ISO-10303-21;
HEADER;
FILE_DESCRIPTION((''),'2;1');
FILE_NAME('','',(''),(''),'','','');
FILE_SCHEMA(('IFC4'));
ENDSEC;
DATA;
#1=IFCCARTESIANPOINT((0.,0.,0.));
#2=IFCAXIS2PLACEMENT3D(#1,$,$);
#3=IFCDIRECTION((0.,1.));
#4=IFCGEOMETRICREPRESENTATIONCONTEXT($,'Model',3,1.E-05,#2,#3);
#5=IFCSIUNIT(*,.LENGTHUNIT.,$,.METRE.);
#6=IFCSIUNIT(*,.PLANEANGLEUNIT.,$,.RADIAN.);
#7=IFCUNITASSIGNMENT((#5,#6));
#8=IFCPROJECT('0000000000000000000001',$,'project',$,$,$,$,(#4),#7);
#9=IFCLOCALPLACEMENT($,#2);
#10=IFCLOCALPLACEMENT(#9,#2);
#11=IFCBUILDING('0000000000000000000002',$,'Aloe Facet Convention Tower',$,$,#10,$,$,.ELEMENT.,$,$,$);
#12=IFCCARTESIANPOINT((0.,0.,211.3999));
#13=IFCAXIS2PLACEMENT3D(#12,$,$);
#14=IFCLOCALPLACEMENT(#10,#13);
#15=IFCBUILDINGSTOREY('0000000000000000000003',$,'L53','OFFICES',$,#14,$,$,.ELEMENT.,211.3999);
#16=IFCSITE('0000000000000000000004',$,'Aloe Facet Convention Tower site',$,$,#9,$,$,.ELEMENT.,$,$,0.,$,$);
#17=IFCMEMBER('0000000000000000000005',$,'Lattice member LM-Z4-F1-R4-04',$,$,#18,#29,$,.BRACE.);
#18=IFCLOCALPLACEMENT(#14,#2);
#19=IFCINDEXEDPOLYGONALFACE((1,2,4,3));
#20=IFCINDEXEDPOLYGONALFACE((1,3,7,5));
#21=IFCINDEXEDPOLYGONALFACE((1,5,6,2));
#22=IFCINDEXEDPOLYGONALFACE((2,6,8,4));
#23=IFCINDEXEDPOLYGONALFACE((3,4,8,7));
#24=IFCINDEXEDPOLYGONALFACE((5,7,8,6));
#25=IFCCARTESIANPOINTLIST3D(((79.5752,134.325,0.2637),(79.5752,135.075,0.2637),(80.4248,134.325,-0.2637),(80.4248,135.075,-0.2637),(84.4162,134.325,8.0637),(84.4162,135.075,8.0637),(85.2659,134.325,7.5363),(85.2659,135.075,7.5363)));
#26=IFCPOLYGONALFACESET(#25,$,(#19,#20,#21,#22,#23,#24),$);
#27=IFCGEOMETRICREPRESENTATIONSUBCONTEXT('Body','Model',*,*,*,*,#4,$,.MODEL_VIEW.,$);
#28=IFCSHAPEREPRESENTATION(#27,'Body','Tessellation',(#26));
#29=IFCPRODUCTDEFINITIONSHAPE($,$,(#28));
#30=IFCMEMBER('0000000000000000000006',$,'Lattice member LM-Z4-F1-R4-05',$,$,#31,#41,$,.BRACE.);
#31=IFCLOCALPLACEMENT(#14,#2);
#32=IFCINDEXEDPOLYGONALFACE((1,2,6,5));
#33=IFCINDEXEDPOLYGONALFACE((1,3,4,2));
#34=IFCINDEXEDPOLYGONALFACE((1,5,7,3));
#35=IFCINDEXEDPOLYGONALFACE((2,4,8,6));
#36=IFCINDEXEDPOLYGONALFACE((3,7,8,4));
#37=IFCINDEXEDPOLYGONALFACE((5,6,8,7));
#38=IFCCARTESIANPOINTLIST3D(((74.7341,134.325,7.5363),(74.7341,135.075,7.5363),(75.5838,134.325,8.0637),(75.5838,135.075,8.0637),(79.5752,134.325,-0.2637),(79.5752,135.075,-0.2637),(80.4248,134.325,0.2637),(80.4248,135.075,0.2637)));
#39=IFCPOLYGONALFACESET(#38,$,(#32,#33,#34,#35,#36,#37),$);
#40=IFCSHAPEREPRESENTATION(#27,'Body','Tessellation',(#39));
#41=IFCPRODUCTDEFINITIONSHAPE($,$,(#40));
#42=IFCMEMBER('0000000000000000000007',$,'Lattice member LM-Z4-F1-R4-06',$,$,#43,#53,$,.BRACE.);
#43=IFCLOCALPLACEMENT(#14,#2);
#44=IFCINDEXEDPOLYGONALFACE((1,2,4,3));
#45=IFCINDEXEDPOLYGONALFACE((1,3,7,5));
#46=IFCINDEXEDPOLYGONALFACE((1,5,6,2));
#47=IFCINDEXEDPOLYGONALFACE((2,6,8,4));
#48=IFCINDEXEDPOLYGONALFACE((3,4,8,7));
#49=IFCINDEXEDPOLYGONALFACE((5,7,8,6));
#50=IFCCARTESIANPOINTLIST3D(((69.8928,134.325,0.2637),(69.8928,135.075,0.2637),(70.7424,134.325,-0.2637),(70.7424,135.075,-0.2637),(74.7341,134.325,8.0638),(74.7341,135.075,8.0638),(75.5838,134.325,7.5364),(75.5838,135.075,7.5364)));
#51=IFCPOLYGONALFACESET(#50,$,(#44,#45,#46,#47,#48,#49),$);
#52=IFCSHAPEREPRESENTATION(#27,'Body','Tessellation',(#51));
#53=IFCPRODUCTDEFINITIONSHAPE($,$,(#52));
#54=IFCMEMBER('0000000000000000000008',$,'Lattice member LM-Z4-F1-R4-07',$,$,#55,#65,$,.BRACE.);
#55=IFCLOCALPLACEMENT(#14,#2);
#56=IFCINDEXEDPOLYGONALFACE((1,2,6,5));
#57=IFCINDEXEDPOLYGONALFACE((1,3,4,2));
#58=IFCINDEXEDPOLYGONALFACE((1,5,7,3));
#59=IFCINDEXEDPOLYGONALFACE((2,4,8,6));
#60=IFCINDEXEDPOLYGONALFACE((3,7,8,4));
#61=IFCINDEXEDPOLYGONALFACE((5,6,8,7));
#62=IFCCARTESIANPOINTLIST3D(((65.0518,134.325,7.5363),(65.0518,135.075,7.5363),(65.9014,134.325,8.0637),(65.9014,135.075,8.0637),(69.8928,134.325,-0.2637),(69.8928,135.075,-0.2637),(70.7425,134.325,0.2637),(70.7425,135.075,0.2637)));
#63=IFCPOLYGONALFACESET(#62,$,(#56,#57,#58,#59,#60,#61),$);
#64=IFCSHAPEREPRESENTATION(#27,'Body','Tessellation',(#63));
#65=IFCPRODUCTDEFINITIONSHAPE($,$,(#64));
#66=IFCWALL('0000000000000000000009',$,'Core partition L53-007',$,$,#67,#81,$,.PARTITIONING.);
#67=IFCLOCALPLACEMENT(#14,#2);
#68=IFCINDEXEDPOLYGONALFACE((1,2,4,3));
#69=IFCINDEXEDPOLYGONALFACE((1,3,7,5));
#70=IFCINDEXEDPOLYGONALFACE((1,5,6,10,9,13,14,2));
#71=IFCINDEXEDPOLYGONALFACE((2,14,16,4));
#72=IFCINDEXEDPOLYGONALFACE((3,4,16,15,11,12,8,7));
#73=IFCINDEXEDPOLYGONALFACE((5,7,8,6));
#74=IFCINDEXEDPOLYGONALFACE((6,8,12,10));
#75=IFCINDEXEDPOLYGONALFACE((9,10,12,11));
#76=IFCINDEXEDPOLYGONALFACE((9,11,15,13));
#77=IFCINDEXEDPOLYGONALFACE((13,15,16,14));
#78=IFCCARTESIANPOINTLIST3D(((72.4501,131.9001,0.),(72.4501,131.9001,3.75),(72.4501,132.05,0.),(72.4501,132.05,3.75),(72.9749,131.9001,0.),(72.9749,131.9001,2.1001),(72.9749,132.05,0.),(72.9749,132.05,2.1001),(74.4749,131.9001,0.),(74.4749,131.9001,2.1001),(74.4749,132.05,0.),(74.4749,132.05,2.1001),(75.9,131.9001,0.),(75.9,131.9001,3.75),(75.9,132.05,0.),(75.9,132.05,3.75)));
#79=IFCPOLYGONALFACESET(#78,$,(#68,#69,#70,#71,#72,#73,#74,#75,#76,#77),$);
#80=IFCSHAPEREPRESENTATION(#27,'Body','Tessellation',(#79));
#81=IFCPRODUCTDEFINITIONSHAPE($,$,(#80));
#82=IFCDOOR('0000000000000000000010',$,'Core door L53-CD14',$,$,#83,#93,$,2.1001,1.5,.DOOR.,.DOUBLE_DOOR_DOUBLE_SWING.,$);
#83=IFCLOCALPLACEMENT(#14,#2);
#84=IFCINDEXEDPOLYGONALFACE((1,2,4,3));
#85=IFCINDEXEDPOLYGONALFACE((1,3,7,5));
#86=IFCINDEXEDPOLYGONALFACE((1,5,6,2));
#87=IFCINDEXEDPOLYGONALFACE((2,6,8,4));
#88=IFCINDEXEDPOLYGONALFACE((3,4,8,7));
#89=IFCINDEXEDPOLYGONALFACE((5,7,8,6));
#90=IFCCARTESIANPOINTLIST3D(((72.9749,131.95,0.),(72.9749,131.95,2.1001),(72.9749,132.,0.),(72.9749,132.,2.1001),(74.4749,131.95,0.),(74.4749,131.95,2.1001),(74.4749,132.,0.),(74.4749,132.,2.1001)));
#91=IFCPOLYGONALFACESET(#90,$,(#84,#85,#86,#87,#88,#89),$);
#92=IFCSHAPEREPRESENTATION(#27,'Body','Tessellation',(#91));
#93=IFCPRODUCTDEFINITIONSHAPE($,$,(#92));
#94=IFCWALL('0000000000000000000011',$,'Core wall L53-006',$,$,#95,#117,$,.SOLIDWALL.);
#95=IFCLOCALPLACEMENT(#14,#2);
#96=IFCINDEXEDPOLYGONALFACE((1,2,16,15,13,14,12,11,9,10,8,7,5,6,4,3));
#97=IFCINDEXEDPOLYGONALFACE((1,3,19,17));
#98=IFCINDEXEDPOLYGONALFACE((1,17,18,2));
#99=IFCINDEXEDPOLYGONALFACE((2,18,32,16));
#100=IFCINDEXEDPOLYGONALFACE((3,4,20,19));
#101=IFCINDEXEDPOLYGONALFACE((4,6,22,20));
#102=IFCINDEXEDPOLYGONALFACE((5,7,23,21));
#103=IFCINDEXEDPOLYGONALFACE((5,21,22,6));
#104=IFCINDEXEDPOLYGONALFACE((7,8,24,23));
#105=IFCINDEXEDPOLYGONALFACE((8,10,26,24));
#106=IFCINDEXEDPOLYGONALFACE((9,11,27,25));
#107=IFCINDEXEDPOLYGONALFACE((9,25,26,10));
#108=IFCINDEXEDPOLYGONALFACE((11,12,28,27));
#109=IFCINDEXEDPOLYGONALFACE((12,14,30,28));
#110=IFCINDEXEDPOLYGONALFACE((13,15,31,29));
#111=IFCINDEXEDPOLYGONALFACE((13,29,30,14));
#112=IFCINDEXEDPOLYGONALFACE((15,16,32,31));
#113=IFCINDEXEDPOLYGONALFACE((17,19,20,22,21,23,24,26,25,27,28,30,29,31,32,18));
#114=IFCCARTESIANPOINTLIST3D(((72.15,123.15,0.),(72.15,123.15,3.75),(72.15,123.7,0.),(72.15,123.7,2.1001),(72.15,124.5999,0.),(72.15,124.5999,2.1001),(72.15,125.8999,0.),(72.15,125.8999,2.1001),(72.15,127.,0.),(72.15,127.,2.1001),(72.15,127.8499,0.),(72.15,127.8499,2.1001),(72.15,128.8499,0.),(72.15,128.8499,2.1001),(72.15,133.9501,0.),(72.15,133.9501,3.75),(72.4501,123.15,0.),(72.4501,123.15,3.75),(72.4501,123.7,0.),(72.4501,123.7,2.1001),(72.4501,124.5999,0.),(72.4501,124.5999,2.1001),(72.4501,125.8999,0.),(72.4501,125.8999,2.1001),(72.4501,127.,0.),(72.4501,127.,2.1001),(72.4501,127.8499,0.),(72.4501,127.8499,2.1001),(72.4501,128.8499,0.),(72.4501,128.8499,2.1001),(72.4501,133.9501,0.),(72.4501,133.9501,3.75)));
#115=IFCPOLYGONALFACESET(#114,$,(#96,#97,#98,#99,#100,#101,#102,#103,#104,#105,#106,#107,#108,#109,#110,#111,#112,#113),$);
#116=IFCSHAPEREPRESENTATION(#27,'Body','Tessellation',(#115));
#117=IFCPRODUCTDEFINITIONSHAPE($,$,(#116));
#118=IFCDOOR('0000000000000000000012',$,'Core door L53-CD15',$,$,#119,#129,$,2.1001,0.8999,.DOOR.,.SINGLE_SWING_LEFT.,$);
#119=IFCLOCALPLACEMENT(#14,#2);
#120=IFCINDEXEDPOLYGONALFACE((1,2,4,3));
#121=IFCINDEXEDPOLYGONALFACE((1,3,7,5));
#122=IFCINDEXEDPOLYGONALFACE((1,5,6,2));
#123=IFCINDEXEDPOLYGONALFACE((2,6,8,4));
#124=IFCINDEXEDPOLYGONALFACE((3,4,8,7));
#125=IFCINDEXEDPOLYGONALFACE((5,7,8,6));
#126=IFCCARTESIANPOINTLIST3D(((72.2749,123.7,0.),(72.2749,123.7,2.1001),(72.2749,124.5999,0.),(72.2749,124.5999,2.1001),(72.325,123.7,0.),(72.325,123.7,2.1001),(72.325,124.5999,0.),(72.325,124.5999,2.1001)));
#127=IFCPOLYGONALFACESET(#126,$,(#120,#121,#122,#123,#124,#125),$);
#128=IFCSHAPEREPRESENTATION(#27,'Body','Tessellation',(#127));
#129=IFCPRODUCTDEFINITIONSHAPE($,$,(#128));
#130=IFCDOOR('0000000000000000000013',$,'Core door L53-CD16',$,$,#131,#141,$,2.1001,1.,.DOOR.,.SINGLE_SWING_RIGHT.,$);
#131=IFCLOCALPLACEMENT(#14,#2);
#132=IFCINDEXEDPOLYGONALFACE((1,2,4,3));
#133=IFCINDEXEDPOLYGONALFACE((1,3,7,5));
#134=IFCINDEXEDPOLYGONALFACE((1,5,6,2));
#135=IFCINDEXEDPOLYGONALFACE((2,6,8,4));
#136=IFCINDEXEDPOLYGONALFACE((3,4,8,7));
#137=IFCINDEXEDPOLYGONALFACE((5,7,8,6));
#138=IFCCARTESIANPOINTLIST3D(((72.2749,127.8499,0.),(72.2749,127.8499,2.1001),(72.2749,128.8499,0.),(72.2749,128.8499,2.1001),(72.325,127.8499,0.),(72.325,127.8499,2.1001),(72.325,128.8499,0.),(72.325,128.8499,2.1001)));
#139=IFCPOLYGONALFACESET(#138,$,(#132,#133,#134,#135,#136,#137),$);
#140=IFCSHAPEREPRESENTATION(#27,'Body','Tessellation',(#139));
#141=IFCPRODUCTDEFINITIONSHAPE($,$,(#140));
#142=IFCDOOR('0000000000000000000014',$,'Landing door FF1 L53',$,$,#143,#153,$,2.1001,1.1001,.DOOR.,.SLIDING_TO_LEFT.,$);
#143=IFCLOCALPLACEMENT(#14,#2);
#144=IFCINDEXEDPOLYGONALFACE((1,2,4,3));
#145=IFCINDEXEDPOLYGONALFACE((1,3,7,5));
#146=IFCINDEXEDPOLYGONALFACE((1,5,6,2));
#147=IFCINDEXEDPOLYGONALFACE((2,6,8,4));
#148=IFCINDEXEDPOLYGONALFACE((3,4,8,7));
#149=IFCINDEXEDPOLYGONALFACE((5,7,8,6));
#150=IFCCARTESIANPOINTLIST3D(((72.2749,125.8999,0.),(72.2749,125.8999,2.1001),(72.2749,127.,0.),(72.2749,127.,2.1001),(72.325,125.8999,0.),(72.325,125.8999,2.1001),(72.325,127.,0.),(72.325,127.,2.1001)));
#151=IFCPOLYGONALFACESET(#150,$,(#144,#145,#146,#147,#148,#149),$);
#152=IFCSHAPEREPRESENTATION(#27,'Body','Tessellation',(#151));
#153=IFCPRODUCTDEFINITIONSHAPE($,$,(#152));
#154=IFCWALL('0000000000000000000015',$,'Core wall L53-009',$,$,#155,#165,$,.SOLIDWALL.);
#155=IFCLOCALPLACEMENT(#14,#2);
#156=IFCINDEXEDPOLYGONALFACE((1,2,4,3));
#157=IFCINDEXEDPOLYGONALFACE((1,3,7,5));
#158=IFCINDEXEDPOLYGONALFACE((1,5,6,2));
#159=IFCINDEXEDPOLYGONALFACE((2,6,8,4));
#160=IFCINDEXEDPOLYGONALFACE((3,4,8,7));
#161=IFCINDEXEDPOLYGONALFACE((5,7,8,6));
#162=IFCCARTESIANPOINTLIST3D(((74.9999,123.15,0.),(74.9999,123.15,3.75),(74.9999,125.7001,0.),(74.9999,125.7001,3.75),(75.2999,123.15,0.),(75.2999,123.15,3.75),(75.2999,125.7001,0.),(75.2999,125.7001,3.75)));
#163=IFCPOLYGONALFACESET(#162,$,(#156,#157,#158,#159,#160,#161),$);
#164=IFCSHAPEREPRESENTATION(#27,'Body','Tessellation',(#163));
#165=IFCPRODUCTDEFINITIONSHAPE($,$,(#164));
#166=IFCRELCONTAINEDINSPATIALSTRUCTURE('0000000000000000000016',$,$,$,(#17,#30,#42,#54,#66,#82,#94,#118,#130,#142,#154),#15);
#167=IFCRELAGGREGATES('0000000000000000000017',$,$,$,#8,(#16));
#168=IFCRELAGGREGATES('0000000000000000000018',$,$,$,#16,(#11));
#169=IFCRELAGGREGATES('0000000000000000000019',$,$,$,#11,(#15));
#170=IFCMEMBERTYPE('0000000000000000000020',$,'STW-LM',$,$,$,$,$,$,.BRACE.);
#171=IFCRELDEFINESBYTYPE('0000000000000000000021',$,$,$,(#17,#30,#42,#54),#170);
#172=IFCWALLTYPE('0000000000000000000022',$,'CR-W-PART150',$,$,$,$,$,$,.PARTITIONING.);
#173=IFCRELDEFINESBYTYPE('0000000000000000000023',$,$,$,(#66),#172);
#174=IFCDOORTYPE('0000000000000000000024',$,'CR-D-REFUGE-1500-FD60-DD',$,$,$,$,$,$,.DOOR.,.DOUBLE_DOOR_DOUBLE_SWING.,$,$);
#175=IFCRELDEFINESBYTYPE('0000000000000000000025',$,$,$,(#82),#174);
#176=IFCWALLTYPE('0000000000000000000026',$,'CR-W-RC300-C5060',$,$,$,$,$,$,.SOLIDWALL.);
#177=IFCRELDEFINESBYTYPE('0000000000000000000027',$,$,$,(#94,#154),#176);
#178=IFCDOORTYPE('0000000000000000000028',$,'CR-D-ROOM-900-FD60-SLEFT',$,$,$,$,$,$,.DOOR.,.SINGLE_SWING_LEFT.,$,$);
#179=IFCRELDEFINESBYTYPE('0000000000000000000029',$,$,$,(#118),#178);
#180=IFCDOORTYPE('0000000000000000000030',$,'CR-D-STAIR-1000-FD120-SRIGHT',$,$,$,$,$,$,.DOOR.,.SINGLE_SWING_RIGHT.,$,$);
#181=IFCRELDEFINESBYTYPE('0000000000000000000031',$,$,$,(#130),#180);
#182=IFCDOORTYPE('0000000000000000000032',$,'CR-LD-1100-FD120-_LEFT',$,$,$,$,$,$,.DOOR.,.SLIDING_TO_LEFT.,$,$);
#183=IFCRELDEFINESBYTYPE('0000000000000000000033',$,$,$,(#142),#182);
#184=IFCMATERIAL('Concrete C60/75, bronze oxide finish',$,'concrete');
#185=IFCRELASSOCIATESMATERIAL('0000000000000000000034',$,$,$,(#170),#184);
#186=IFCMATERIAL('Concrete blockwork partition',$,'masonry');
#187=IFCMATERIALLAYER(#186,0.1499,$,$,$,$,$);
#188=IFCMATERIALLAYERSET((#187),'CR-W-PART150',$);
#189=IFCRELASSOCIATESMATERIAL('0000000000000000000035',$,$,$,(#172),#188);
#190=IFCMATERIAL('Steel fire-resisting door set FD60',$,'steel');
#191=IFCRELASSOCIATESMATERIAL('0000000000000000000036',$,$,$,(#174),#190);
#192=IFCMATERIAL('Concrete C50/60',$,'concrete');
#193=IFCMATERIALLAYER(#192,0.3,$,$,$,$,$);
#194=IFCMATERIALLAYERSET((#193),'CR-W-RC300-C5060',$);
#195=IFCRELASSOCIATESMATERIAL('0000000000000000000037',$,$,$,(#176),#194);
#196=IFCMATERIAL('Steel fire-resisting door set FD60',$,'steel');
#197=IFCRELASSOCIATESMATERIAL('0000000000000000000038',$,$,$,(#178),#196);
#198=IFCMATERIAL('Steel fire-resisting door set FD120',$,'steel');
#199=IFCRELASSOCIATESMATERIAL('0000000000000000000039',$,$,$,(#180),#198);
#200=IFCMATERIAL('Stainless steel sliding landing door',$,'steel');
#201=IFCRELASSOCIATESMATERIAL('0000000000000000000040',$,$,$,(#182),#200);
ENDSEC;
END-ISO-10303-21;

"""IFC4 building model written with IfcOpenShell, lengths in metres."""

from ifc_helpers import new_model, si_unit, direction, frame, frame_2d, origin, origin_2d, place, context, subcontext, project, spatial, rectangle, extrude, material, layer, layer_set, material_profile, profile_set, type_object, element, fill, save


model = new_model("IFC4")

# Units and contexts
model_context = context("Model", 3, precision=1e-05, world=origin(), true_north=direction((0.0, 1.0)))
body_context = subcontext(model_context, "Body", "Model", "MODEL_VIEW")
ifc_project = project(units=[si_unit("LENGTHUNIT", "METRE"), si_unit("PLANEANGLEUNIT", "RADIAN")], contexts=[model_context])

# Site, building, storey
site_placement = place(None, origin())
site = spatial("IfcSite", under=ifc_project, at=site_placement, Name="Aloe Facet Convention Tower site", CompositionType="ELEMENT", RefElevation=0.0)
building_placement = place(site_placement, origin())
building = spatial("IfcBuilding", under=site, at=building_placement, Name="Aloe Facet Convention Tower", CompositionType="ELEMENT")
storey_placement = place(building_placement, frame((0.0, 0.0, 211.3999)))
storey = spatial("IfcBuildingStorey", under=building, at=storey_placement, Name="L53", Description="OFFICES", CompositionType="ELEMENT", Elevation=211.3999)

# Members
ifc_material_1 = material(Name="Concrete C60/75, bronze oxide finish", Category="concrete")
ifc_material_profile = material_profile(ifc_material_1, rectangle(XDim=0.75, YDim=1.0, at=origin_2d()), Name="STW-LM")
ifc_profile_set = profile_set([ifc_material_profile], Name="Concrete C60/75, bronze oxide finish")
member_type = type_object("IfcMemberType", Name="STW-LM", PredefinedType="BRACE", material=ifc_profile_set)
for number, where, z_axis, x_axis, name in (
    (1, (80.0, 134.7, 0.0), (0.527336, 0.0, 0.849657), (0.0, 1.0, 0.0), "Lattice member LM-Z4-F1-R4-04"),
    (2, (80.0, 134.7, 0.0), (-0.527336, 0.0, 0.849657), (0.0, -1.0, 0.0), "Lattice member LM-Z4-F1-R4-05"),
):
    element("IfcMember", number, at=place(storey_placement, frame(where, z_axis=z_axis, x_axis=x_axis)), inside=storey, type_object=member_type, Name=name, PredefinedType="BRACE", context=body_context, shape_type="SweptSolid", body=[
        extrude(rectangle(XDim=0.75, YDim=1.0, at=origin_2d()), origin(), (0.0, 0.0, 1.0), 9.1802),
    ])
member_1_placement = place(storey_placement, frame((70.3176, 134.7, 0.0), z_axis=(0.527355, 0.0, 0.849645), x_axis=(0.0, 1.0, 0.0)))
element("IfcMember", 3, at=member_1_placement, inside=storey, type_object=member_type, Name="Lattice member LM-Z4-F1-R4-06", PredefinedType="BRACE", context=body_context, shape_type="SweptSolid", body=[
    extrude(rectangle(XDim=0.75, YDim=1.0, at=origin_2d()), origin(), (0.0, 0.0, 1.0), 9.1804),
])
member_2_placement = place(storey_placement, frame((70.3176, 134.7, 0.0), z_axis=(-0.527336, 0.0, 0.849657), x_axis=(0.0, -1.0, 0.0)))
element("IfcMember", 4, at=member_2_placement, inside=storey, type_object=member_type, Name="Lattice member LM-Z4-F1-R4-07", PredefinedType="BRACE", context=body_context, shape_type="SweptSolid", body=[
    extrude(rectangle(XDim=0.75, YDim=1.0, at=origin_2d()), origin(), (0.0, 0.0, 1.0), 9.1802),
])

# Wall, opening, door
ifc_material_2 = material(Name="Concrete blockwork partition", Category="masonry")
ifc_layer_1 = layer(ifc_material_2, 0.1499)
ifc_layer_set_1 = layer_set([ifc_layer_1], Name="CR-W-PART150")
wall_type_1 = type_object("IfcWallType", Name="CR-W-PART150", PredefinedType="PARTITIONING", material=ifc_layer_set_1)
wall_1_placement = place(storey_placement, frame((72.45, 131.9751, 0.0), z_axis=(0.0, 0.0, 1.0), x_axis=(1.0, 0.0, 0.0)))
wall_1 = element("IfcWall", 5, at=wall_1_placement, inside=storey, type_object=wall_type_1, Name="Core partition L53-007", PredefinedType="PARTITIONING", context=body_context, shape_type="SweptSolid", body=[
    extrude(rectangle(XDim=3.45, YDim=0.1499, at=frame_2d((1.7251, 0.0))), origin(), (0.0, 0.0, 1.0), 3.75),
])
opening_1_placement = place(wall_1_placement, frame((0.5249, 0.0, 0.0)))
opening_1 = element("IfcOpeningElement", 6, at=opening_1_placement, cuts=wall_1, PredefinedType="OPENING", context=body_context, shape_type="SweptSolid", body=[
    extrude(rectangle(XDim=1.5, YDim=2.1001, at=frame_2d((0.75, 1.05))), frame((0.0, 0.085, 0.0), z_axis=(0.0, -1.0, 0.0), x_axis=(1.0, 0.0, 0.0)), (0.0, 0.0, 1.0), 0.1699),
])
ifc_material_3 = material(Name="Steel fire-resisting door set FD60", Category="steel")
door_type_1 = type_object("IfcDoorType", Name="CR-D-REFUGE-1500-FD60-DD", OperationType="DOUBLE_DOOR_DOUBLE_SWING", PredefinedType="DOOR", material=ifc_material_3)
door_1_placement = place(opening_1_placement, origin())
door_1 = element("IfcDoor", 7, at=door_1_placement, inside=storey, type_object=door_type_1, Name="Core door L53-CD14", OperationType="DOUBLE_DOOR_DOUBLE_SWING", OverallHeight=2.1001, OverallWidth=1.5, PredefinedType="DOOR", context=body_context, shape_type="SweptSolid", body=[
    extrude(rectangle(XDim=1.5, YDim=2.1001, at=frame_2d((0.75, 1.05))), frame((0.0, 0.0249, 0.0), z_axis=(0.0, -1.0, 0.0), x_axis=(1.0, 0.0, 0.0)), (0.0, 0.0, 1.0), 0.05),
])
fill(opening_1, door_1)

# Wall, openings, doors
ifc_material_4 = material(Name="Concrete C50/60", Category="concrete")
ifc_layer_2 = layer(ifc_material_4, 0.3)
ifc_layer_set_2 = layer_set([ifc_layer_2], Name="CR-W-RC300-C5060")
wall_type_2 = type_object("IfcWallType", Name="CR-W-RC300-C5060", PredefinedType="SOLIDWALL", material=ifc_layer_set_2)
wall_2_placement = place(storey_placement, frame((72.3, 133.95, 0.0), z_axis=(0.0, 0.0, 1.0), x_axis=(0.0, -1.0, 0.0)))
wall_2 = element("IfcWall", 8, at=wall_2_placement, inside=storey, type_object=wall_type_2, Name="Core wall L53-006", PredefinedType="SOLIDWALL", context=body_context, shape_type="SweptSolid", body=[
    extrude(rectangle(XDim=10.8, YDim=0.3, at=frame_2d((5.3999, 0.0))), origin(), (0.0, 0.0, 1.0), 3.75),
])
opening_2_placement = place(wall_2_placement, frame((6.95, 0.0, 0.0)))
opening_2 = element("IfcOpeningElement", 9, at=opening_2_placement, cuts=wall_2, PredefinedType="OPENING", context=body_context, shape_type="SweptSolid", body=[
    extrude(rectangle(XDim=1.1001, YDim=2.1001, at=frame_2d((0.55, 1.05))), frame((0.0, 0.1602, 0.0), z_axis=(0.0, -1.0, 0.0), x_axis=(1.0, 0.0, 0.0)), (0.0, 0.0, 1.0), 0.3201),
])
opening_3_placement = place(wall_2_placement, frame((9.3501, 0.0, 0.0)))
opening_3 = element("IfcOpeningElement", 10, at=opening_3_placement, cuts=wall_2, PredefinedType="OPENING", context=body_context, shape_type="SweptSolid", body=[
    extrude(rectangle(XDim=0.8999, YDim=2.1001, at=frame_2d((0.45, 1.05))), frame((0.0, 0.1602, 0.0), z_axis=(0.0, -1.0, 0.0), x_axis=(1.0, 0.0, 0.0)), (0.0, 0.0, 1.0), 0.3201),
])
opening_4_placement = place(wall_2_placement, frame((5.1001, 0.0, 0.0)))
opening_4 = element("IfcOpeningElement", 11, at=opening_4_placement, cuts=wall_2, PredefinedType="OPENING", context=body_context, shape_type="SweptSolid", body=[
    extrude(rectangle(XDim=1.0, YDim=2.1001, at=frame_2d((0.5, 1.05))), frame((0.0, 0.1602, 0.0), z_axis=(0.0, -1.0, 0.0), x_axis=(1.0, 0.0, 0.0)), (0.0, 0.0, 1.0), 0.3201),
])
ifc_material_5 = material(Name="Steel fire-resisting door set FD60", Category="steel")
door_type_2 = type_object("IfcDoorType", Name="CR-D-ROOM-900-FD60-SLEFT", OperationType="SINGLE_SWING_LEFT", PredefinedType="DOOR", material=ifc_material_5)
door_2_placement = place(opening_3_placement, origin())
door_2 = element("IfcDoor", 12, at=door_2_placement, inside=storey, type_object=door_type_2, Name="Core door L53-CD15", OperationType="SINGLE_SWING_LEFT", OverallHeight=2.1001, OverallWidth=0.8999, PredefinedType="DOOR", context=body_context, shape_type="SweptSolid", body=[
    extrude(rectangle(XDim=0.8999, YDim=2.1001, at=frame_2d((0.45, 1.05))), frame((0.0, 0.0249, 0.0), z_axis=(0.0, -1.0, 0.0), x_axis=(1.0, 0.0, 0.0)), (0.0, 0.0, 1.0), 0.05),
])
fill(opening_3, door_2)
ifc_material_6 = material(Name="Steel fire-resisting door set FD120", Category="steel")
door_type_3 = type_object("IfcDoorType", Name="CR-D-STAIR-1000-FD120-SRIGHT", OperationType="SINGLE_SWING_RIGHT", PredefinedType="DOOR", material=ifc_material_6)
door_3_placement = place(opening_4_placement, origin())
door_3 = element("IfcDoor", 13, at=door_3_placement, inside=storey, type_object=door_type_3, Name="Core door L53-CD16", OperationType="SINGLE_SWING_RIGHT", OverallHeight=2.1001, OverallWidth=1.0, PredefinedType="DOOR", context=body_context, shape_type="SweptSolid", body=[
    extrude(rectangle(XDim=1.0, YDim=2.1001, at=frame_2d((0.5, 1.05))), frame((0.0, 0.0249, 0.0), z_axis=(0.0, -1.0, 0.0), x_axis=(1.0, 0.0, 0.0)), (0.0, 0.0, 1.0), 0.05),
])
fill(opening_4, door_3)
ifc_material_7 = material(Name="Stainless steel sliding landing door", Category="steel")
door_type_4 = type_object("IfcDoorType", Name="CR-LD-1100-FD120-_LEFT", OperationType="SLIDING_TO_LEFT", PredefinedType="DOOR", material=ifc_material_7)
door_4_placement = place(opening_2_placement, origin())
door_4 = element("IfcDoor", 14, at=door_4_placement, inside=storey, type_object=door_type_4, Name="Landing door FF1 L53", OperationType="SLIDING_TO_LEFT", OverallHeight=2.1001, OverallWidth=1.1001, PredefinedType="DOOR", context=body_context, shape_type="SweptSolid", body=[
    extrude(rectangle(XDim=1.1001, YDim=2.1001, at=frame_2d((0.55, 1.05))), frame((0.0, 0.0249, 0.0), z_axis=(0.0, -1.0, 0.0), x_axis=(1.0, 0.0, 0.0)), (0.0, 0.0, 1.0), 0.05),
])
fill(opening_2, door_4)

# Wall
wall_3_placement = place(storey_placement, frame((75.1499, 125.7, 0.0), z_axis=(0.0, 0.0, 1.0), x_axis=(0.0, -1.0, 0.0)))
element("IfcWall", 15, at=wall_3_placement, inside=storey, type_object=wall_type_2, Name="Core wall L53-009", PredefinedType="SOLIDWALL", context=body_context, shape_type="SweptSolid", body=[
    extrude(rectangle(XDim=2.55, YDim=0.3, at=frame_2d((1.2749, 0.0))), origin(), (0.0, 0.0, 1.0), 3.75),
])

save(model, "model.ifc")
